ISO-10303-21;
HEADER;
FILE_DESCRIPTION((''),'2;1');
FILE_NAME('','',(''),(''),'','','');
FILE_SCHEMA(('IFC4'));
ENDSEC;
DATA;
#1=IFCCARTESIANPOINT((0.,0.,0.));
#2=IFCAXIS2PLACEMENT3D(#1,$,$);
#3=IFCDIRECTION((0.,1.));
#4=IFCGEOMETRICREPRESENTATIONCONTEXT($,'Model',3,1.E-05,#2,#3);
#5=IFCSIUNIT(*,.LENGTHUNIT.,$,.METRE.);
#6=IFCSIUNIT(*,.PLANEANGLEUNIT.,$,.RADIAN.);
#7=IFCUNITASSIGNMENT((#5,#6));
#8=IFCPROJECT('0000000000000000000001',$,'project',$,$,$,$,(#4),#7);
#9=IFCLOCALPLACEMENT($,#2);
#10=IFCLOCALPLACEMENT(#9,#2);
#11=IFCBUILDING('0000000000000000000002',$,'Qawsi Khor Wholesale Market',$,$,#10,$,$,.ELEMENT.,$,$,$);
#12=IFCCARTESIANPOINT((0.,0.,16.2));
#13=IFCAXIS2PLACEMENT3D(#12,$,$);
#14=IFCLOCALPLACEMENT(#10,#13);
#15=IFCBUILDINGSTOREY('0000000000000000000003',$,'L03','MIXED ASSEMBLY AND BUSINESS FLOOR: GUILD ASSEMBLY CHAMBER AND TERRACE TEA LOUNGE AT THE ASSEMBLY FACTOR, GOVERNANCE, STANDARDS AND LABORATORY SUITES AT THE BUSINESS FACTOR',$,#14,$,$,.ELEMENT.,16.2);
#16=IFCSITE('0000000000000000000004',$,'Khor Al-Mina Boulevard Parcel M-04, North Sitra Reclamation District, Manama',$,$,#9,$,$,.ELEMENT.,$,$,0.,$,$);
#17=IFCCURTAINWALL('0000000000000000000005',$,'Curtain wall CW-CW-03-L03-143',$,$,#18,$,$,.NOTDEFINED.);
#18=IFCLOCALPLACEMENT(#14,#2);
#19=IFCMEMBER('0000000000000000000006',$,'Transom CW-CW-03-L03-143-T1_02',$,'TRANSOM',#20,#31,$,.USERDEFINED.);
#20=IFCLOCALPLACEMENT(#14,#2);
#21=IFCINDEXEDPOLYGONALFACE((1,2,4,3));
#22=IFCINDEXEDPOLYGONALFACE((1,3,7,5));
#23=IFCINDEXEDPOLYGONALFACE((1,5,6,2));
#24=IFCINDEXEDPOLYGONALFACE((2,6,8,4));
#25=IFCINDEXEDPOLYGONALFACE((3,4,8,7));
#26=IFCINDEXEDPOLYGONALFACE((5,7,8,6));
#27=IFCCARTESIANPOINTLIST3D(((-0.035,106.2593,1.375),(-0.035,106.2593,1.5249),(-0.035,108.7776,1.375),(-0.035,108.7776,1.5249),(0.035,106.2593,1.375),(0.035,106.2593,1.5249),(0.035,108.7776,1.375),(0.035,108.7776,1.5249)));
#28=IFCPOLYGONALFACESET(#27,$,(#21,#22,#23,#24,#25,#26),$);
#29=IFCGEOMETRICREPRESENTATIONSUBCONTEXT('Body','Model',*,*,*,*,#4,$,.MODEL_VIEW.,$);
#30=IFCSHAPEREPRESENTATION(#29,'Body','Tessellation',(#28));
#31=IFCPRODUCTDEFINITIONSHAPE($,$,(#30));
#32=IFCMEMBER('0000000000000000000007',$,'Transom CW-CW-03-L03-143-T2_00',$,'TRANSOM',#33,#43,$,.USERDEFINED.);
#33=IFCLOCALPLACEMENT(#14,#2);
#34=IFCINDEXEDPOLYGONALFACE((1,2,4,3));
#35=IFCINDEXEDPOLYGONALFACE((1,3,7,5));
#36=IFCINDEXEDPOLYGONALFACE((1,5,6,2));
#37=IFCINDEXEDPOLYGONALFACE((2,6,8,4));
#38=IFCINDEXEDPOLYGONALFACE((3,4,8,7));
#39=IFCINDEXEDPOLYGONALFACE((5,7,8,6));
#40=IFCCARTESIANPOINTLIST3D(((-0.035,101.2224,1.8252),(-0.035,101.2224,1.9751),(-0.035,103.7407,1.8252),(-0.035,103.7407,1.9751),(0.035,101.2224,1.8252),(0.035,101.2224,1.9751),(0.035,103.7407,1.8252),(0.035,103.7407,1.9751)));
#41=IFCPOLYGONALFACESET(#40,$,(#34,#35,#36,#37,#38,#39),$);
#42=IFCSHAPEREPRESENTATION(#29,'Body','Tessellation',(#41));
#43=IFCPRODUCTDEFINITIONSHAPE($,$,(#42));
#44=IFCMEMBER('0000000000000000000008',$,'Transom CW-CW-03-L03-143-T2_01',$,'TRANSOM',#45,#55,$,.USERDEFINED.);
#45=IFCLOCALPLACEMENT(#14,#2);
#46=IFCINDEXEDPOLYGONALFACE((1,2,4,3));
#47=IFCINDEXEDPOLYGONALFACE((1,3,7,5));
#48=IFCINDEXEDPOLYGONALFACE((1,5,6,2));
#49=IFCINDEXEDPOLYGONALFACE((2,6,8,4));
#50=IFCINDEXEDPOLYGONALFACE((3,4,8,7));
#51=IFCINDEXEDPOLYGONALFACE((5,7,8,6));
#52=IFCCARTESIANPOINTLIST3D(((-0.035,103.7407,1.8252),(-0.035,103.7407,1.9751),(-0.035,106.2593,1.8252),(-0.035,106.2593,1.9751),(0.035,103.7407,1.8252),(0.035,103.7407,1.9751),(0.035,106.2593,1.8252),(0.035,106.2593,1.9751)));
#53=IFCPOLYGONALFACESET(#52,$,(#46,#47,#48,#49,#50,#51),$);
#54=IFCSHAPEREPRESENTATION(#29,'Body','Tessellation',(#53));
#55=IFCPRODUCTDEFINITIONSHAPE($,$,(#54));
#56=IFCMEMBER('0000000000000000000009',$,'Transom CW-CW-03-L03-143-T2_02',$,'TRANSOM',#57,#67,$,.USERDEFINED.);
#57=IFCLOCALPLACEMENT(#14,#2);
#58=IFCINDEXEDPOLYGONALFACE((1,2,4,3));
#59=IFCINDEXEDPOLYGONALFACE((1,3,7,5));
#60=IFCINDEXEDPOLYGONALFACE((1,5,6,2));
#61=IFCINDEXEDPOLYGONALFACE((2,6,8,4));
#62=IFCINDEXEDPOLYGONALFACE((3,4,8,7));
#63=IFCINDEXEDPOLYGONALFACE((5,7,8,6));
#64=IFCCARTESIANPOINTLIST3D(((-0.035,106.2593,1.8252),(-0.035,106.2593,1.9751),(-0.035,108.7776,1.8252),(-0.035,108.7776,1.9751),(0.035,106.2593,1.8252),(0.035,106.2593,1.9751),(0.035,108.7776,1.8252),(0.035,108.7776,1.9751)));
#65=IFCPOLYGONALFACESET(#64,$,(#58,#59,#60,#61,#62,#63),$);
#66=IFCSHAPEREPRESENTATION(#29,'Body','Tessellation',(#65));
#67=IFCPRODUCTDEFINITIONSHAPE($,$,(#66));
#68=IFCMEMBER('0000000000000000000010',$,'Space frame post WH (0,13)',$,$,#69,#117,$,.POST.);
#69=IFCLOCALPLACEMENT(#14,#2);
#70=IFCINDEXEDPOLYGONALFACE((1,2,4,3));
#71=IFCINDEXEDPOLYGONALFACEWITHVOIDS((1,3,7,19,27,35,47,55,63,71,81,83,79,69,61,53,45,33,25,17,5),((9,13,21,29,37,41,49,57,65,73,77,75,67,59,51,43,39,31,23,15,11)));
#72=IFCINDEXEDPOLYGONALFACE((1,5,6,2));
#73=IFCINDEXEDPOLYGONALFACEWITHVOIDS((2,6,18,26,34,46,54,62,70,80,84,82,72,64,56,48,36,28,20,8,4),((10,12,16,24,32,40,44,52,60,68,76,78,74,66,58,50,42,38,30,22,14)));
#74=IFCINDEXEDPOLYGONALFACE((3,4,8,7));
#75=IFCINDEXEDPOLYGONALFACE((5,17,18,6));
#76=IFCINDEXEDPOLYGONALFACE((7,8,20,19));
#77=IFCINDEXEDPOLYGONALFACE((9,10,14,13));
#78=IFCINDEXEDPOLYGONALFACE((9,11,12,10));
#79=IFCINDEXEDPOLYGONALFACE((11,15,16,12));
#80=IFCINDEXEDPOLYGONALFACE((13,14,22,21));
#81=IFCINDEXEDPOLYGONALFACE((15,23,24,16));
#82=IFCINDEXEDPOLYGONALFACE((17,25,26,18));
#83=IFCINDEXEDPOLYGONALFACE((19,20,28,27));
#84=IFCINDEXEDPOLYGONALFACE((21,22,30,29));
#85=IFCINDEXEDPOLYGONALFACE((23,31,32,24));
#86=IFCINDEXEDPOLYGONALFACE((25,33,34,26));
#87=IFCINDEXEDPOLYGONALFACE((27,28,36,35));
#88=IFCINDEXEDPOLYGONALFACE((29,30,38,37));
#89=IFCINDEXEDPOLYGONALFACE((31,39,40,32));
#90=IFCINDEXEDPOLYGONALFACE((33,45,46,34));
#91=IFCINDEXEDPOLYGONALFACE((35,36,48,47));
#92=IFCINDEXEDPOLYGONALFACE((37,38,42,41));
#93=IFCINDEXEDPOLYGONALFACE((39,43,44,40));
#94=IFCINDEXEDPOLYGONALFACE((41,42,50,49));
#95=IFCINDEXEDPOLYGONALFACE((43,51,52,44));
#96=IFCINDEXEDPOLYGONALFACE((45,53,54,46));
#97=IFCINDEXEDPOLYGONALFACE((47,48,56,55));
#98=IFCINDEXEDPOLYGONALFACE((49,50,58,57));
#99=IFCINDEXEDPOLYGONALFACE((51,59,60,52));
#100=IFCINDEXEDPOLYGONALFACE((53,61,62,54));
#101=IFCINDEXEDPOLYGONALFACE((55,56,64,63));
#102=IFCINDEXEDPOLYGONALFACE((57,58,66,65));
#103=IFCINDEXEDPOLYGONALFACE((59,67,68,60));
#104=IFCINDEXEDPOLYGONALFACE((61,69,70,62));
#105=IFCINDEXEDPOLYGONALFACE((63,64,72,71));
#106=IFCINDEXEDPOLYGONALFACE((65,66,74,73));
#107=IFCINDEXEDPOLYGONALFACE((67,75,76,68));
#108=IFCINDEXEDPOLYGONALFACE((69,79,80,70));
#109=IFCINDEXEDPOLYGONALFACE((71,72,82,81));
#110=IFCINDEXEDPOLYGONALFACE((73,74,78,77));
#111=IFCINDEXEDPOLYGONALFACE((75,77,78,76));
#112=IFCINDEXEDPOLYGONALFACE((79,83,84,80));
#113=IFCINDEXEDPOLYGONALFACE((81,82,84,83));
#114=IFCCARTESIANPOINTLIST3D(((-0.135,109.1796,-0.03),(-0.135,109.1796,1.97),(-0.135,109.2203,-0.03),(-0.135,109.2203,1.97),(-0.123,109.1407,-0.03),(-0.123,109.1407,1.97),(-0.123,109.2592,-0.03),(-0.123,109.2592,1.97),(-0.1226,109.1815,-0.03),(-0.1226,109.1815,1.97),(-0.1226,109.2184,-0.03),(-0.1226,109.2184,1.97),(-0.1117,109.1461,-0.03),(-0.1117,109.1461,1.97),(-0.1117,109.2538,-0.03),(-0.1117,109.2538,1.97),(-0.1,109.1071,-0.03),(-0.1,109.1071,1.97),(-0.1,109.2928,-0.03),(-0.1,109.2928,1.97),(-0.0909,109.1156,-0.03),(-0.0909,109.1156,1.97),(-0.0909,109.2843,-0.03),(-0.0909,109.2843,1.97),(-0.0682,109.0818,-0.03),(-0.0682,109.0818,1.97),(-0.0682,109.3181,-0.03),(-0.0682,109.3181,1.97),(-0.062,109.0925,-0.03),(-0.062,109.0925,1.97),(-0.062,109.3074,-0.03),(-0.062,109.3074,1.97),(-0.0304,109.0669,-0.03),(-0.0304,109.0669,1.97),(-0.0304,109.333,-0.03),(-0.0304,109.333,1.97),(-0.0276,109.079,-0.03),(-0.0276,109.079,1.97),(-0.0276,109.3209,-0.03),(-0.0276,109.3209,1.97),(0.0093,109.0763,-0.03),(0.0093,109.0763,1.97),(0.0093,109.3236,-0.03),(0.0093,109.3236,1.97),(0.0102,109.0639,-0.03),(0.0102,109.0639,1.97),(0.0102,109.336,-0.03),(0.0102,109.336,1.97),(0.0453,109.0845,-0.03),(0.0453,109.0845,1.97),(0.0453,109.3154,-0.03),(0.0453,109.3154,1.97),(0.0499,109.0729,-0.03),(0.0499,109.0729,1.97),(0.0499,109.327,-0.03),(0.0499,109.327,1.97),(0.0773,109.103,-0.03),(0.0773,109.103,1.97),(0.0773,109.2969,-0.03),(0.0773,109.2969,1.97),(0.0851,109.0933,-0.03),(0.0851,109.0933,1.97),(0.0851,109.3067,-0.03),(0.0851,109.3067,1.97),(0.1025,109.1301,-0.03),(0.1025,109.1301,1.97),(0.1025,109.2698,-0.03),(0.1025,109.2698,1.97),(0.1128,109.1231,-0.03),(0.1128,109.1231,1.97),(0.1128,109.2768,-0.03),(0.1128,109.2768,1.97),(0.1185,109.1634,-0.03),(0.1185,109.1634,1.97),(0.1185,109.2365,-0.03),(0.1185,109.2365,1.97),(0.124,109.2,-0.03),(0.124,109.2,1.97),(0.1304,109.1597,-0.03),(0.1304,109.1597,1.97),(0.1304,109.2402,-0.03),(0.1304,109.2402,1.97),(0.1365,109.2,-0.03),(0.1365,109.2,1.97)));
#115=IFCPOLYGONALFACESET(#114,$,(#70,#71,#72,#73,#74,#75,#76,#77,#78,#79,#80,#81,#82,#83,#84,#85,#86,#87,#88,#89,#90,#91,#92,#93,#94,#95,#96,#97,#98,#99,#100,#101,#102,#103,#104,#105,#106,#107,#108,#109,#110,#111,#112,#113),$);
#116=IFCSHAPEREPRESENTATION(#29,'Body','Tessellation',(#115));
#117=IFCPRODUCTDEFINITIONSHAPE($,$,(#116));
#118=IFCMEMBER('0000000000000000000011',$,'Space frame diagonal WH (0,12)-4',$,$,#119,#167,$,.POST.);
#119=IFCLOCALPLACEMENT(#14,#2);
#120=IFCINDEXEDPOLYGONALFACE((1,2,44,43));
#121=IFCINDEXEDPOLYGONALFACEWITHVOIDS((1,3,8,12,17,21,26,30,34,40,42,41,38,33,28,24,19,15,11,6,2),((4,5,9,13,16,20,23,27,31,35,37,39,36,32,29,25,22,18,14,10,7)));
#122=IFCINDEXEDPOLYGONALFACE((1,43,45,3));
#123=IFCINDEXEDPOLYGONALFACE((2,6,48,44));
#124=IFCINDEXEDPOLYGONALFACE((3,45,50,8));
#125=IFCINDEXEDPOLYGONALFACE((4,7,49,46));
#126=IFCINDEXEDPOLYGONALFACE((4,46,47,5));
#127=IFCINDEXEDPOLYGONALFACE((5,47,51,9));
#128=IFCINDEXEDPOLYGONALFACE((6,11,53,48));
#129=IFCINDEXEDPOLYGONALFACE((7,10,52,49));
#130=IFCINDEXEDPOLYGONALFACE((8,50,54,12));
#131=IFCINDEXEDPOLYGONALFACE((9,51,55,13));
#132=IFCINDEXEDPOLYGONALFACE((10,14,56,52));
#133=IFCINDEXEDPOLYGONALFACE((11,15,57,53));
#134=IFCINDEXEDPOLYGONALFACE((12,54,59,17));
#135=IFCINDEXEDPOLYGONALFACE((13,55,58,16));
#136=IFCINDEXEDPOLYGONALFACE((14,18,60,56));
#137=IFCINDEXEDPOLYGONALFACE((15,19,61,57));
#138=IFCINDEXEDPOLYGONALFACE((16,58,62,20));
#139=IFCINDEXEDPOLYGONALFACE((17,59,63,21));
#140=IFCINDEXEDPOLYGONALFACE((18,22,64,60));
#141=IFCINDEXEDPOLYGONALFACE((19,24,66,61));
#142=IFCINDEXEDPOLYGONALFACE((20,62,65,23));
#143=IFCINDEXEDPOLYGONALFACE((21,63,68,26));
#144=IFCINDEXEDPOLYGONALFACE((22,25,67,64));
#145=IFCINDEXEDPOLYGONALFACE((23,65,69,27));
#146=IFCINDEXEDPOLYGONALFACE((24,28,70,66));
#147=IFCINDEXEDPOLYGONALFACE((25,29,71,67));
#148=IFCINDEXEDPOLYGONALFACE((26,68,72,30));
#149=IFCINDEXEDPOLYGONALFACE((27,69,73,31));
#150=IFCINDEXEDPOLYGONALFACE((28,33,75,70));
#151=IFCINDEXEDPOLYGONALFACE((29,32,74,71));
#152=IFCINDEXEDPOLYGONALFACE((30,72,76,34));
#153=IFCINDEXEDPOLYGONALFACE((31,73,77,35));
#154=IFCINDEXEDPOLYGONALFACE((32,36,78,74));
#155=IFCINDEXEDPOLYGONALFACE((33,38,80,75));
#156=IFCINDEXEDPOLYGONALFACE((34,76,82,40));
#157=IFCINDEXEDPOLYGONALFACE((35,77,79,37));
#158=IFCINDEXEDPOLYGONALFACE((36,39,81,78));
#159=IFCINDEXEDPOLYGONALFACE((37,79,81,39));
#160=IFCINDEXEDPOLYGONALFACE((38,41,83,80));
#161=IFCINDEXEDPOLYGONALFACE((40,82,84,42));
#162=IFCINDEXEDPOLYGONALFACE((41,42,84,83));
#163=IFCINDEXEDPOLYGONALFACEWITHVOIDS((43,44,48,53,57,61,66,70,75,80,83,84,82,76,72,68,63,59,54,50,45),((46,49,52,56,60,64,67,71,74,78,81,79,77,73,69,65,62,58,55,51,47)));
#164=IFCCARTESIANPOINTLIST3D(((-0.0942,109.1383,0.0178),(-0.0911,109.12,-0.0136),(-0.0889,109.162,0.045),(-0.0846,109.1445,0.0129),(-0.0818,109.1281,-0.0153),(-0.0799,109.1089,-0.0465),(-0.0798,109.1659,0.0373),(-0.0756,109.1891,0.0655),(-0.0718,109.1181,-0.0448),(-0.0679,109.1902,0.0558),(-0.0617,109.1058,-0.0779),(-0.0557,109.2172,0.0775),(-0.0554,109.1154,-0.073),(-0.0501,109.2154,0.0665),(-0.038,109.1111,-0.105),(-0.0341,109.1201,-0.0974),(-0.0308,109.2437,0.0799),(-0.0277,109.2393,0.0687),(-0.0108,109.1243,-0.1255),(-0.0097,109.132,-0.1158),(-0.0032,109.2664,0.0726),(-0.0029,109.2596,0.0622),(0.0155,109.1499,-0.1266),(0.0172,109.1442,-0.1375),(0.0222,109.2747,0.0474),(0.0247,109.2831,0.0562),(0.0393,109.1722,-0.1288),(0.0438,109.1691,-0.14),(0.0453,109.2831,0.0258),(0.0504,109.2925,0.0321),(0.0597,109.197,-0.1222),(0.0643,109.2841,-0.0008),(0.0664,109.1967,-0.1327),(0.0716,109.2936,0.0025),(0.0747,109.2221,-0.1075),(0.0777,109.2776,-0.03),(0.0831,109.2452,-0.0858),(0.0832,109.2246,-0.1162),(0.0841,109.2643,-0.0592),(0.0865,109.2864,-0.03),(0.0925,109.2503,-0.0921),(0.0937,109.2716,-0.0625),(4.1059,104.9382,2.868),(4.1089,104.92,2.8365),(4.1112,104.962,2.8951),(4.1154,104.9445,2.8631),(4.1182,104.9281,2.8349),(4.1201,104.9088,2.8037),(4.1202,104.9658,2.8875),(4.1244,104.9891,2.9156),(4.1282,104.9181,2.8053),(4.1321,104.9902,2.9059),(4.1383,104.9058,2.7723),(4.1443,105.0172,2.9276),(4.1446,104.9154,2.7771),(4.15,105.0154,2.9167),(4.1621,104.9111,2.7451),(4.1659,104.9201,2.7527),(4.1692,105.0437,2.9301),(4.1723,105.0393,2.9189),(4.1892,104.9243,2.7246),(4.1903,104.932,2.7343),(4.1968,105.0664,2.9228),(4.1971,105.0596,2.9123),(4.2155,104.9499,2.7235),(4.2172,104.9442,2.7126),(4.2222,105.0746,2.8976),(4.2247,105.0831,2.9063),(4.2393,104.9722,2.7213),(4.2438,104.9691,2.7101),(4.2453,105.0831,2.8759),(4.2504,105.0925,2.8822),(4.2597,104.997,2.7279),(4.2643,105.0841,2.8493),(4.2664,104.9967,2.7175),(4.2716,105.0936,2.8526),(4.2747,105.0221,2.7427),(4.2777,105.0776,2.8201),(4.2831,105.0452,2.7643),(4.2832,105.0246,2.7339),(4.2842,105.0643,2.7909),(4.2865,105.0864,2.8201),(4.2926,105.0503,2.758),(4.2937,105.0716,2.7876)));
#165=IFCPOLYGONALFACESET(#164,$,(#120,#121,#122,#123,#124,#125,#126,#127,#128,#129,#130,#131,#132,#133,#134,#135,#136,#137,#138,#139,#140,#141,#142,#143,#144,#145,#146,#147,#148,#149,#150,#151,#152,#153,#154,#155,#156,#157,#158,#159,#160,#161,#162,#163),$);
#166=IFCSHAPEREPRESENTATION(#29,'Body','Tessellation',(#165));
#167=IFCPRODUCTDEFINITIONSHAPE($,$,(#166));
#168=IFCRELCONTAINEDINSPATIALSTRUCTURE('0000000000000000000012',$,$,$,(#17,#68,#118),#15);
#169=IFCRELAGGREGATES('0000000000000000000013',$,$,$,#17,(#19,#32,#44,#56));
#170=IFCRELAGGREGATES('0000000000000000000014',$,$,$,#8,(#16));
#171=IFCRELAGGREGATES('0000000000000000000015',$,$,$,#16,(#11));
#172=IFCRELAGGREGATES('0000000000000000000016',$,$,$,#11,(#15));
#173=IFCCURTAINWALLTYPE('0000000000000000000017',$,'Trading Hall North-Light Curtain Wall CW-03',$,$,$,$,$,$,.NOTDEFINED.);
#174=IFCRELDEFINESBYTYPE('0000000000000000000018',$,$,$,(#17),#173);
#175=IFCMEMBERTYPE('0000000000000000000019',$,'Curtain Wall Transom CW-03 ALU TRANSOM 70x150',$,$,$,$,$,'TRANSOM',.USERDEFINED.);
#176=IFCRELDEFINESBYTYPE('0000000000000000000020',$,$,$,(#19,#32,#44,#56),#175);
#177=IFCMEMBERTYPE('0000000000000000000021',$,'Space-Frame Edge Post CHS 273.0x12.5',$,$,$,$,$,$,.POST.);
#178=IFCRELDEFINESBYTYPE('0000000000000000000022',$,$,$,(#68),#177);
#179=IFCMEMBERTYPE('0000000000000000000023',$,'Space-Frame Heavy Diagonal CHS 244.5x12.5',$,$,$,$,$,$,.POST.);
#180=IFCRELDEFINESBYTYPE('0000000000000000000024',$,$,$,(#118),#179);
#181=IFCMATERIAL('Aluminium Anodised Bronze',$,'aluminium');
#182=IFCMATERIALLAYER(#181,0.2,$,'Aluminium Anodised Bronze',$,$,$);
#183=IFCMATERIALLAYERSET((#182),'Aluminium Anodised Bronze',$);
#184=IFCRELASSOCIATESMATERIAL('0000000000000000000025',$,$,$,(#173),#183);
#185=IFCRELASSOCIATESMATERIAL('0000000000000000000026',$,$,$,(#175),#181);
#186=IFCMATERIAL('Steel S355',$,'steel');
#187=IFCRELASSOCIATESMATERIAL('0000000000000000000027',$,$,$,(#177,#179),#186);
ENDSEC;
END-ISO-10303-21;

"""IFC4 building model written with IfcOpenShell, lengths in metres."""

from ifc_helpers import new_model, si_unit, direction, frame, origin, origin_2d, place, context, subcontext, project, spatial, rectangle, hollow_circle, extrude, material, layer, layer_set, material_profile, profile_set, type_object, element, aggregate, save


model = new_model("IFC4")

# Units and contexts
model_context = context("Model", 3, precision=1e-05, world=origin(), true_north=direction((0.0, 1.0)))
body_context = subcontext(model_context, "Body", "Model", "MODEL_VIEW")
ifc_project = project(units=[si_unit("LENGTHUNIT", "METRE"), si_unit("PLANEANGLEUNIT", "RADIAN")], contexts=[model_context])

# Site, building, storey
site_placement = place(None, origin())
site = spatial("IfcSite", under=ifc_project, at=site_placement, Name="Khor Al-Mina Boulevard Parcel M-04, North Sitra Reclamation District, Manama", CompositionType="ELEMENT", RefElevation=0.0)
building_placement = place(site_placement, origin())
building = spatial("IfcBuilding", under=site, at=building_placement, Name="Qawsi Khor Wholesale Market", CompositionType="ELEMENT")
storey_placement = place(building_placement, frame((0.0, 0.0, 16.2)))
storey = spatial("IfcBuildingStorey", under=building, at=storey_placement, Name="L03", Description="MIXED ASSEMBLY AND BUSINESS FLOOR: GUILD ASSEMBLY CHAMBER AND TERRACE TEA LOUNGE AT THE ASSEMBLY FACTOR, GOVERNANCE, STANDARDS AND LABORATORY SUITES AT THE BUSINESS FACTOR", CompositionType="ELEMENT", Elevation=16.2)

# Curtain wall
ifc_material_1 = material(Name="Aluminium Anodised Bronze", Category="aluminium")
ifc_layer_1 = layer(ifc_material_1, 0.2, Name="Aluminium Anodised Bronze")
ifc_layer_set_1 = layer_set([ifc_layer_1], Name="Aluminium Anodised Bronze")
curtain_wall_type = type_object("IfcCurtainWallType", Name="Trading Hall North-Light Curtain Wall CW-03", PredefinedType="NOTDEFINED", material=ifc_layer_set_1)
curtain_wall_1_placement = place(storey_placement, origin())
curtain_wall_1 = element("IfcCurtainWall", 1, at=curtain_wall_1_placement, inside=storey, type_object=curtain_wall_type, Name="Curtain wall CW-CW-03-L03-143", PredefinedType="NOTDEFINED")

# Members
ifc_material_profile_1 = material_profile(ifc_material_1, rectangle(XDim=0.0701, YDim=0.1499, at=origin_2d()), Name="ALU TRANSOM 70x150")
ifc_profile_set_1 = profile_set([ifc_material_profile_1], Name="Aluminium Anodised Bronze")
member_type_1 = type_object("IfcMemberType", Name="Curtain Wall Transom CW-03 ALU TRANSOM 70x150", ElementType="TRANSOM", PredefinedType="USERDEFINED", material=ifc_profile_set_1)
member_1_placement = place(storey_placement, frame((0.0, 106.2593, 1.45), z_axis=(0.0, 1.0, 0.0), x_axis=(-1.0, 0.0, 0.0)))
member_1 = element("IfcMember", 2, at=member_1_placement, type_object=member_type_1, Name="Transom CW-CW-03-L03-143-T1_02", ObjectType="TRANSOM", PredefinedType="USERDEFINED", context=body_context, shape_type="SweptSolid", body=[
    extrude(rectangle(XDim=0.0701, YDim=0.1499, at=origin_2d()), origin(), (0.0, 0.0, 1.0), 2.5183),
])
member_2_placement = place(storey_placement, frame((0.0, 101.2224, 1.9001), z_axis=(0.0, 1.0, 0.0), x_axis=(-1.0, 0.0, 0.0)))
member_2 = element("IfcMember", 3, at=member_2_placement, type_object=member_type_1, Name="Transom CW-CW-03-L03-143-T2_00", ObjectType="TRANSOM", PredefinedType="USERDEFINED", context=body_context, shape_type="SweptSolid", body=[
    extrude(rectangle(XDim=0.0701, YDim=0.1499, at=origin_2d()), origin(), (0.0, 0.0, 1.0), 2.5183),
])
member_3_placement = place(storey_placement, frame((0.0, 103.7407, 1.9001), z_axis=(0.0, 1.0, 0.0), x_axis=(-1.0, 0.0, 0.0)))
member_3 = element("IfcMember", 4, at=member_3_placement, type_object=member_type_1, Name="Transom CW-CW-03-L03-143-T2_01", ObjectType="TRANSOM", PredefinedType="USERDEFINED", context=body_context, shape_type="SweptSolid", body=[
    extrude(rectangle(XDim=0.0701, YDim=0.1499, at=origin_2d()), origin(), (0.0, 0.0, 1.0), 2.5186),
])
member_4_placement = place(storey_placement, frame((0.0, 106.2593, 1.9001), z_axis=(0.0, 1.0, 0.0), x_axis=(-1.0, 0.0, 0.0)))
member_4 = element("IfcMember", 5, at=member_4_placement, type_object=member_type_1, Name="Transom CW-CW-03-L03-143-T2_02", ObjectType="TRANSOM", PredefinedType="USERDEFINED", context=body_context, shape_type="SweptSolid", body=[
    extrude(rectangle(XDim=0.0701, YDim=0.1499, at=origin_2d()), origin(), (0.0, 0.0, 1.0), 2.5183),
])

# Members
ifc_material_2 = material(Name="Steel S355", Category="steel")
ifc_material_profile_2 = material_profile(ifc_material_2, hollow_circle(Radius=0.1365, WallThickness=0.0125, at=origin_2d()), Name="CHS 273.0x12.5")
ifc_profile_set_2 = profile_set([ifc_material_profile_2], Name="Steel S355")
member_type_2 = type_object("IfcMemberType", Name="Space-Frame Edge Post CHS 273.0x12.5", PredefinedType="POST", material=ifc_profile_set_2)
member_5_placement = place(storey_placement, frame((0.0, 109.2, -0.03), z_axis=(0.0, 0.0, 1.0), x_axis=(1.0, 0.0, 0.0)))
element("IfcMember", 6, at=member_5_placement, inside=storey, type_object=member_type_2, Name="Space frame post WH (0,13)", PredefinedType="POST", context=body_context, shape_type="SweptSolid", body=[
    extrude(hollow_circle(Radius=0.1365, WallThickness=0.0125, at=origin_2d()), origin(), (0.0, 0.0, 1.0), 2.0),
])
ifc_material_profile_3 = material_profile(ifc_material_2, hollow_circle(Radius=0.1223, WallThickness=0.0125, at=origin_2d()), Name="CHS 244.5x12.5")
ifc_profile_set_3 = profile_set([ifc_material_profile_3], Name="Steel S355")
member_type_3 = type_object("IfcMemberType", Name="Space-Frame Heavy Diagonal CHS 244.5x12.5", PredefinedType="POST", material=ifc_profile_set_3)
member_6_placement = place(storey_placement, frame((0.0, 109.2, -0.03), z_axis=(0.637512, -0.637512, 0.432617), x_axis=(0.707107, 0.707107, 0.0)))
element("IfcMember", 7, at=member_6_placement, inside=storey, type_object=member_type_3, Name="Space frame diagonal WH (0,12)-4", PredefinedType="POST", context=body_context, shape_type="SweptSolid", body=[
    extrude(hollow_circle(Radius=0.1223, WallThickness=0.0125, at=origin_2d()), origin(), (0.0, 0.0, 1.0), 6.5881),
])

aggregate(curtain_wall_1, [member_1, member_2, member_3, member_4])

save(model, "model.ifc")
